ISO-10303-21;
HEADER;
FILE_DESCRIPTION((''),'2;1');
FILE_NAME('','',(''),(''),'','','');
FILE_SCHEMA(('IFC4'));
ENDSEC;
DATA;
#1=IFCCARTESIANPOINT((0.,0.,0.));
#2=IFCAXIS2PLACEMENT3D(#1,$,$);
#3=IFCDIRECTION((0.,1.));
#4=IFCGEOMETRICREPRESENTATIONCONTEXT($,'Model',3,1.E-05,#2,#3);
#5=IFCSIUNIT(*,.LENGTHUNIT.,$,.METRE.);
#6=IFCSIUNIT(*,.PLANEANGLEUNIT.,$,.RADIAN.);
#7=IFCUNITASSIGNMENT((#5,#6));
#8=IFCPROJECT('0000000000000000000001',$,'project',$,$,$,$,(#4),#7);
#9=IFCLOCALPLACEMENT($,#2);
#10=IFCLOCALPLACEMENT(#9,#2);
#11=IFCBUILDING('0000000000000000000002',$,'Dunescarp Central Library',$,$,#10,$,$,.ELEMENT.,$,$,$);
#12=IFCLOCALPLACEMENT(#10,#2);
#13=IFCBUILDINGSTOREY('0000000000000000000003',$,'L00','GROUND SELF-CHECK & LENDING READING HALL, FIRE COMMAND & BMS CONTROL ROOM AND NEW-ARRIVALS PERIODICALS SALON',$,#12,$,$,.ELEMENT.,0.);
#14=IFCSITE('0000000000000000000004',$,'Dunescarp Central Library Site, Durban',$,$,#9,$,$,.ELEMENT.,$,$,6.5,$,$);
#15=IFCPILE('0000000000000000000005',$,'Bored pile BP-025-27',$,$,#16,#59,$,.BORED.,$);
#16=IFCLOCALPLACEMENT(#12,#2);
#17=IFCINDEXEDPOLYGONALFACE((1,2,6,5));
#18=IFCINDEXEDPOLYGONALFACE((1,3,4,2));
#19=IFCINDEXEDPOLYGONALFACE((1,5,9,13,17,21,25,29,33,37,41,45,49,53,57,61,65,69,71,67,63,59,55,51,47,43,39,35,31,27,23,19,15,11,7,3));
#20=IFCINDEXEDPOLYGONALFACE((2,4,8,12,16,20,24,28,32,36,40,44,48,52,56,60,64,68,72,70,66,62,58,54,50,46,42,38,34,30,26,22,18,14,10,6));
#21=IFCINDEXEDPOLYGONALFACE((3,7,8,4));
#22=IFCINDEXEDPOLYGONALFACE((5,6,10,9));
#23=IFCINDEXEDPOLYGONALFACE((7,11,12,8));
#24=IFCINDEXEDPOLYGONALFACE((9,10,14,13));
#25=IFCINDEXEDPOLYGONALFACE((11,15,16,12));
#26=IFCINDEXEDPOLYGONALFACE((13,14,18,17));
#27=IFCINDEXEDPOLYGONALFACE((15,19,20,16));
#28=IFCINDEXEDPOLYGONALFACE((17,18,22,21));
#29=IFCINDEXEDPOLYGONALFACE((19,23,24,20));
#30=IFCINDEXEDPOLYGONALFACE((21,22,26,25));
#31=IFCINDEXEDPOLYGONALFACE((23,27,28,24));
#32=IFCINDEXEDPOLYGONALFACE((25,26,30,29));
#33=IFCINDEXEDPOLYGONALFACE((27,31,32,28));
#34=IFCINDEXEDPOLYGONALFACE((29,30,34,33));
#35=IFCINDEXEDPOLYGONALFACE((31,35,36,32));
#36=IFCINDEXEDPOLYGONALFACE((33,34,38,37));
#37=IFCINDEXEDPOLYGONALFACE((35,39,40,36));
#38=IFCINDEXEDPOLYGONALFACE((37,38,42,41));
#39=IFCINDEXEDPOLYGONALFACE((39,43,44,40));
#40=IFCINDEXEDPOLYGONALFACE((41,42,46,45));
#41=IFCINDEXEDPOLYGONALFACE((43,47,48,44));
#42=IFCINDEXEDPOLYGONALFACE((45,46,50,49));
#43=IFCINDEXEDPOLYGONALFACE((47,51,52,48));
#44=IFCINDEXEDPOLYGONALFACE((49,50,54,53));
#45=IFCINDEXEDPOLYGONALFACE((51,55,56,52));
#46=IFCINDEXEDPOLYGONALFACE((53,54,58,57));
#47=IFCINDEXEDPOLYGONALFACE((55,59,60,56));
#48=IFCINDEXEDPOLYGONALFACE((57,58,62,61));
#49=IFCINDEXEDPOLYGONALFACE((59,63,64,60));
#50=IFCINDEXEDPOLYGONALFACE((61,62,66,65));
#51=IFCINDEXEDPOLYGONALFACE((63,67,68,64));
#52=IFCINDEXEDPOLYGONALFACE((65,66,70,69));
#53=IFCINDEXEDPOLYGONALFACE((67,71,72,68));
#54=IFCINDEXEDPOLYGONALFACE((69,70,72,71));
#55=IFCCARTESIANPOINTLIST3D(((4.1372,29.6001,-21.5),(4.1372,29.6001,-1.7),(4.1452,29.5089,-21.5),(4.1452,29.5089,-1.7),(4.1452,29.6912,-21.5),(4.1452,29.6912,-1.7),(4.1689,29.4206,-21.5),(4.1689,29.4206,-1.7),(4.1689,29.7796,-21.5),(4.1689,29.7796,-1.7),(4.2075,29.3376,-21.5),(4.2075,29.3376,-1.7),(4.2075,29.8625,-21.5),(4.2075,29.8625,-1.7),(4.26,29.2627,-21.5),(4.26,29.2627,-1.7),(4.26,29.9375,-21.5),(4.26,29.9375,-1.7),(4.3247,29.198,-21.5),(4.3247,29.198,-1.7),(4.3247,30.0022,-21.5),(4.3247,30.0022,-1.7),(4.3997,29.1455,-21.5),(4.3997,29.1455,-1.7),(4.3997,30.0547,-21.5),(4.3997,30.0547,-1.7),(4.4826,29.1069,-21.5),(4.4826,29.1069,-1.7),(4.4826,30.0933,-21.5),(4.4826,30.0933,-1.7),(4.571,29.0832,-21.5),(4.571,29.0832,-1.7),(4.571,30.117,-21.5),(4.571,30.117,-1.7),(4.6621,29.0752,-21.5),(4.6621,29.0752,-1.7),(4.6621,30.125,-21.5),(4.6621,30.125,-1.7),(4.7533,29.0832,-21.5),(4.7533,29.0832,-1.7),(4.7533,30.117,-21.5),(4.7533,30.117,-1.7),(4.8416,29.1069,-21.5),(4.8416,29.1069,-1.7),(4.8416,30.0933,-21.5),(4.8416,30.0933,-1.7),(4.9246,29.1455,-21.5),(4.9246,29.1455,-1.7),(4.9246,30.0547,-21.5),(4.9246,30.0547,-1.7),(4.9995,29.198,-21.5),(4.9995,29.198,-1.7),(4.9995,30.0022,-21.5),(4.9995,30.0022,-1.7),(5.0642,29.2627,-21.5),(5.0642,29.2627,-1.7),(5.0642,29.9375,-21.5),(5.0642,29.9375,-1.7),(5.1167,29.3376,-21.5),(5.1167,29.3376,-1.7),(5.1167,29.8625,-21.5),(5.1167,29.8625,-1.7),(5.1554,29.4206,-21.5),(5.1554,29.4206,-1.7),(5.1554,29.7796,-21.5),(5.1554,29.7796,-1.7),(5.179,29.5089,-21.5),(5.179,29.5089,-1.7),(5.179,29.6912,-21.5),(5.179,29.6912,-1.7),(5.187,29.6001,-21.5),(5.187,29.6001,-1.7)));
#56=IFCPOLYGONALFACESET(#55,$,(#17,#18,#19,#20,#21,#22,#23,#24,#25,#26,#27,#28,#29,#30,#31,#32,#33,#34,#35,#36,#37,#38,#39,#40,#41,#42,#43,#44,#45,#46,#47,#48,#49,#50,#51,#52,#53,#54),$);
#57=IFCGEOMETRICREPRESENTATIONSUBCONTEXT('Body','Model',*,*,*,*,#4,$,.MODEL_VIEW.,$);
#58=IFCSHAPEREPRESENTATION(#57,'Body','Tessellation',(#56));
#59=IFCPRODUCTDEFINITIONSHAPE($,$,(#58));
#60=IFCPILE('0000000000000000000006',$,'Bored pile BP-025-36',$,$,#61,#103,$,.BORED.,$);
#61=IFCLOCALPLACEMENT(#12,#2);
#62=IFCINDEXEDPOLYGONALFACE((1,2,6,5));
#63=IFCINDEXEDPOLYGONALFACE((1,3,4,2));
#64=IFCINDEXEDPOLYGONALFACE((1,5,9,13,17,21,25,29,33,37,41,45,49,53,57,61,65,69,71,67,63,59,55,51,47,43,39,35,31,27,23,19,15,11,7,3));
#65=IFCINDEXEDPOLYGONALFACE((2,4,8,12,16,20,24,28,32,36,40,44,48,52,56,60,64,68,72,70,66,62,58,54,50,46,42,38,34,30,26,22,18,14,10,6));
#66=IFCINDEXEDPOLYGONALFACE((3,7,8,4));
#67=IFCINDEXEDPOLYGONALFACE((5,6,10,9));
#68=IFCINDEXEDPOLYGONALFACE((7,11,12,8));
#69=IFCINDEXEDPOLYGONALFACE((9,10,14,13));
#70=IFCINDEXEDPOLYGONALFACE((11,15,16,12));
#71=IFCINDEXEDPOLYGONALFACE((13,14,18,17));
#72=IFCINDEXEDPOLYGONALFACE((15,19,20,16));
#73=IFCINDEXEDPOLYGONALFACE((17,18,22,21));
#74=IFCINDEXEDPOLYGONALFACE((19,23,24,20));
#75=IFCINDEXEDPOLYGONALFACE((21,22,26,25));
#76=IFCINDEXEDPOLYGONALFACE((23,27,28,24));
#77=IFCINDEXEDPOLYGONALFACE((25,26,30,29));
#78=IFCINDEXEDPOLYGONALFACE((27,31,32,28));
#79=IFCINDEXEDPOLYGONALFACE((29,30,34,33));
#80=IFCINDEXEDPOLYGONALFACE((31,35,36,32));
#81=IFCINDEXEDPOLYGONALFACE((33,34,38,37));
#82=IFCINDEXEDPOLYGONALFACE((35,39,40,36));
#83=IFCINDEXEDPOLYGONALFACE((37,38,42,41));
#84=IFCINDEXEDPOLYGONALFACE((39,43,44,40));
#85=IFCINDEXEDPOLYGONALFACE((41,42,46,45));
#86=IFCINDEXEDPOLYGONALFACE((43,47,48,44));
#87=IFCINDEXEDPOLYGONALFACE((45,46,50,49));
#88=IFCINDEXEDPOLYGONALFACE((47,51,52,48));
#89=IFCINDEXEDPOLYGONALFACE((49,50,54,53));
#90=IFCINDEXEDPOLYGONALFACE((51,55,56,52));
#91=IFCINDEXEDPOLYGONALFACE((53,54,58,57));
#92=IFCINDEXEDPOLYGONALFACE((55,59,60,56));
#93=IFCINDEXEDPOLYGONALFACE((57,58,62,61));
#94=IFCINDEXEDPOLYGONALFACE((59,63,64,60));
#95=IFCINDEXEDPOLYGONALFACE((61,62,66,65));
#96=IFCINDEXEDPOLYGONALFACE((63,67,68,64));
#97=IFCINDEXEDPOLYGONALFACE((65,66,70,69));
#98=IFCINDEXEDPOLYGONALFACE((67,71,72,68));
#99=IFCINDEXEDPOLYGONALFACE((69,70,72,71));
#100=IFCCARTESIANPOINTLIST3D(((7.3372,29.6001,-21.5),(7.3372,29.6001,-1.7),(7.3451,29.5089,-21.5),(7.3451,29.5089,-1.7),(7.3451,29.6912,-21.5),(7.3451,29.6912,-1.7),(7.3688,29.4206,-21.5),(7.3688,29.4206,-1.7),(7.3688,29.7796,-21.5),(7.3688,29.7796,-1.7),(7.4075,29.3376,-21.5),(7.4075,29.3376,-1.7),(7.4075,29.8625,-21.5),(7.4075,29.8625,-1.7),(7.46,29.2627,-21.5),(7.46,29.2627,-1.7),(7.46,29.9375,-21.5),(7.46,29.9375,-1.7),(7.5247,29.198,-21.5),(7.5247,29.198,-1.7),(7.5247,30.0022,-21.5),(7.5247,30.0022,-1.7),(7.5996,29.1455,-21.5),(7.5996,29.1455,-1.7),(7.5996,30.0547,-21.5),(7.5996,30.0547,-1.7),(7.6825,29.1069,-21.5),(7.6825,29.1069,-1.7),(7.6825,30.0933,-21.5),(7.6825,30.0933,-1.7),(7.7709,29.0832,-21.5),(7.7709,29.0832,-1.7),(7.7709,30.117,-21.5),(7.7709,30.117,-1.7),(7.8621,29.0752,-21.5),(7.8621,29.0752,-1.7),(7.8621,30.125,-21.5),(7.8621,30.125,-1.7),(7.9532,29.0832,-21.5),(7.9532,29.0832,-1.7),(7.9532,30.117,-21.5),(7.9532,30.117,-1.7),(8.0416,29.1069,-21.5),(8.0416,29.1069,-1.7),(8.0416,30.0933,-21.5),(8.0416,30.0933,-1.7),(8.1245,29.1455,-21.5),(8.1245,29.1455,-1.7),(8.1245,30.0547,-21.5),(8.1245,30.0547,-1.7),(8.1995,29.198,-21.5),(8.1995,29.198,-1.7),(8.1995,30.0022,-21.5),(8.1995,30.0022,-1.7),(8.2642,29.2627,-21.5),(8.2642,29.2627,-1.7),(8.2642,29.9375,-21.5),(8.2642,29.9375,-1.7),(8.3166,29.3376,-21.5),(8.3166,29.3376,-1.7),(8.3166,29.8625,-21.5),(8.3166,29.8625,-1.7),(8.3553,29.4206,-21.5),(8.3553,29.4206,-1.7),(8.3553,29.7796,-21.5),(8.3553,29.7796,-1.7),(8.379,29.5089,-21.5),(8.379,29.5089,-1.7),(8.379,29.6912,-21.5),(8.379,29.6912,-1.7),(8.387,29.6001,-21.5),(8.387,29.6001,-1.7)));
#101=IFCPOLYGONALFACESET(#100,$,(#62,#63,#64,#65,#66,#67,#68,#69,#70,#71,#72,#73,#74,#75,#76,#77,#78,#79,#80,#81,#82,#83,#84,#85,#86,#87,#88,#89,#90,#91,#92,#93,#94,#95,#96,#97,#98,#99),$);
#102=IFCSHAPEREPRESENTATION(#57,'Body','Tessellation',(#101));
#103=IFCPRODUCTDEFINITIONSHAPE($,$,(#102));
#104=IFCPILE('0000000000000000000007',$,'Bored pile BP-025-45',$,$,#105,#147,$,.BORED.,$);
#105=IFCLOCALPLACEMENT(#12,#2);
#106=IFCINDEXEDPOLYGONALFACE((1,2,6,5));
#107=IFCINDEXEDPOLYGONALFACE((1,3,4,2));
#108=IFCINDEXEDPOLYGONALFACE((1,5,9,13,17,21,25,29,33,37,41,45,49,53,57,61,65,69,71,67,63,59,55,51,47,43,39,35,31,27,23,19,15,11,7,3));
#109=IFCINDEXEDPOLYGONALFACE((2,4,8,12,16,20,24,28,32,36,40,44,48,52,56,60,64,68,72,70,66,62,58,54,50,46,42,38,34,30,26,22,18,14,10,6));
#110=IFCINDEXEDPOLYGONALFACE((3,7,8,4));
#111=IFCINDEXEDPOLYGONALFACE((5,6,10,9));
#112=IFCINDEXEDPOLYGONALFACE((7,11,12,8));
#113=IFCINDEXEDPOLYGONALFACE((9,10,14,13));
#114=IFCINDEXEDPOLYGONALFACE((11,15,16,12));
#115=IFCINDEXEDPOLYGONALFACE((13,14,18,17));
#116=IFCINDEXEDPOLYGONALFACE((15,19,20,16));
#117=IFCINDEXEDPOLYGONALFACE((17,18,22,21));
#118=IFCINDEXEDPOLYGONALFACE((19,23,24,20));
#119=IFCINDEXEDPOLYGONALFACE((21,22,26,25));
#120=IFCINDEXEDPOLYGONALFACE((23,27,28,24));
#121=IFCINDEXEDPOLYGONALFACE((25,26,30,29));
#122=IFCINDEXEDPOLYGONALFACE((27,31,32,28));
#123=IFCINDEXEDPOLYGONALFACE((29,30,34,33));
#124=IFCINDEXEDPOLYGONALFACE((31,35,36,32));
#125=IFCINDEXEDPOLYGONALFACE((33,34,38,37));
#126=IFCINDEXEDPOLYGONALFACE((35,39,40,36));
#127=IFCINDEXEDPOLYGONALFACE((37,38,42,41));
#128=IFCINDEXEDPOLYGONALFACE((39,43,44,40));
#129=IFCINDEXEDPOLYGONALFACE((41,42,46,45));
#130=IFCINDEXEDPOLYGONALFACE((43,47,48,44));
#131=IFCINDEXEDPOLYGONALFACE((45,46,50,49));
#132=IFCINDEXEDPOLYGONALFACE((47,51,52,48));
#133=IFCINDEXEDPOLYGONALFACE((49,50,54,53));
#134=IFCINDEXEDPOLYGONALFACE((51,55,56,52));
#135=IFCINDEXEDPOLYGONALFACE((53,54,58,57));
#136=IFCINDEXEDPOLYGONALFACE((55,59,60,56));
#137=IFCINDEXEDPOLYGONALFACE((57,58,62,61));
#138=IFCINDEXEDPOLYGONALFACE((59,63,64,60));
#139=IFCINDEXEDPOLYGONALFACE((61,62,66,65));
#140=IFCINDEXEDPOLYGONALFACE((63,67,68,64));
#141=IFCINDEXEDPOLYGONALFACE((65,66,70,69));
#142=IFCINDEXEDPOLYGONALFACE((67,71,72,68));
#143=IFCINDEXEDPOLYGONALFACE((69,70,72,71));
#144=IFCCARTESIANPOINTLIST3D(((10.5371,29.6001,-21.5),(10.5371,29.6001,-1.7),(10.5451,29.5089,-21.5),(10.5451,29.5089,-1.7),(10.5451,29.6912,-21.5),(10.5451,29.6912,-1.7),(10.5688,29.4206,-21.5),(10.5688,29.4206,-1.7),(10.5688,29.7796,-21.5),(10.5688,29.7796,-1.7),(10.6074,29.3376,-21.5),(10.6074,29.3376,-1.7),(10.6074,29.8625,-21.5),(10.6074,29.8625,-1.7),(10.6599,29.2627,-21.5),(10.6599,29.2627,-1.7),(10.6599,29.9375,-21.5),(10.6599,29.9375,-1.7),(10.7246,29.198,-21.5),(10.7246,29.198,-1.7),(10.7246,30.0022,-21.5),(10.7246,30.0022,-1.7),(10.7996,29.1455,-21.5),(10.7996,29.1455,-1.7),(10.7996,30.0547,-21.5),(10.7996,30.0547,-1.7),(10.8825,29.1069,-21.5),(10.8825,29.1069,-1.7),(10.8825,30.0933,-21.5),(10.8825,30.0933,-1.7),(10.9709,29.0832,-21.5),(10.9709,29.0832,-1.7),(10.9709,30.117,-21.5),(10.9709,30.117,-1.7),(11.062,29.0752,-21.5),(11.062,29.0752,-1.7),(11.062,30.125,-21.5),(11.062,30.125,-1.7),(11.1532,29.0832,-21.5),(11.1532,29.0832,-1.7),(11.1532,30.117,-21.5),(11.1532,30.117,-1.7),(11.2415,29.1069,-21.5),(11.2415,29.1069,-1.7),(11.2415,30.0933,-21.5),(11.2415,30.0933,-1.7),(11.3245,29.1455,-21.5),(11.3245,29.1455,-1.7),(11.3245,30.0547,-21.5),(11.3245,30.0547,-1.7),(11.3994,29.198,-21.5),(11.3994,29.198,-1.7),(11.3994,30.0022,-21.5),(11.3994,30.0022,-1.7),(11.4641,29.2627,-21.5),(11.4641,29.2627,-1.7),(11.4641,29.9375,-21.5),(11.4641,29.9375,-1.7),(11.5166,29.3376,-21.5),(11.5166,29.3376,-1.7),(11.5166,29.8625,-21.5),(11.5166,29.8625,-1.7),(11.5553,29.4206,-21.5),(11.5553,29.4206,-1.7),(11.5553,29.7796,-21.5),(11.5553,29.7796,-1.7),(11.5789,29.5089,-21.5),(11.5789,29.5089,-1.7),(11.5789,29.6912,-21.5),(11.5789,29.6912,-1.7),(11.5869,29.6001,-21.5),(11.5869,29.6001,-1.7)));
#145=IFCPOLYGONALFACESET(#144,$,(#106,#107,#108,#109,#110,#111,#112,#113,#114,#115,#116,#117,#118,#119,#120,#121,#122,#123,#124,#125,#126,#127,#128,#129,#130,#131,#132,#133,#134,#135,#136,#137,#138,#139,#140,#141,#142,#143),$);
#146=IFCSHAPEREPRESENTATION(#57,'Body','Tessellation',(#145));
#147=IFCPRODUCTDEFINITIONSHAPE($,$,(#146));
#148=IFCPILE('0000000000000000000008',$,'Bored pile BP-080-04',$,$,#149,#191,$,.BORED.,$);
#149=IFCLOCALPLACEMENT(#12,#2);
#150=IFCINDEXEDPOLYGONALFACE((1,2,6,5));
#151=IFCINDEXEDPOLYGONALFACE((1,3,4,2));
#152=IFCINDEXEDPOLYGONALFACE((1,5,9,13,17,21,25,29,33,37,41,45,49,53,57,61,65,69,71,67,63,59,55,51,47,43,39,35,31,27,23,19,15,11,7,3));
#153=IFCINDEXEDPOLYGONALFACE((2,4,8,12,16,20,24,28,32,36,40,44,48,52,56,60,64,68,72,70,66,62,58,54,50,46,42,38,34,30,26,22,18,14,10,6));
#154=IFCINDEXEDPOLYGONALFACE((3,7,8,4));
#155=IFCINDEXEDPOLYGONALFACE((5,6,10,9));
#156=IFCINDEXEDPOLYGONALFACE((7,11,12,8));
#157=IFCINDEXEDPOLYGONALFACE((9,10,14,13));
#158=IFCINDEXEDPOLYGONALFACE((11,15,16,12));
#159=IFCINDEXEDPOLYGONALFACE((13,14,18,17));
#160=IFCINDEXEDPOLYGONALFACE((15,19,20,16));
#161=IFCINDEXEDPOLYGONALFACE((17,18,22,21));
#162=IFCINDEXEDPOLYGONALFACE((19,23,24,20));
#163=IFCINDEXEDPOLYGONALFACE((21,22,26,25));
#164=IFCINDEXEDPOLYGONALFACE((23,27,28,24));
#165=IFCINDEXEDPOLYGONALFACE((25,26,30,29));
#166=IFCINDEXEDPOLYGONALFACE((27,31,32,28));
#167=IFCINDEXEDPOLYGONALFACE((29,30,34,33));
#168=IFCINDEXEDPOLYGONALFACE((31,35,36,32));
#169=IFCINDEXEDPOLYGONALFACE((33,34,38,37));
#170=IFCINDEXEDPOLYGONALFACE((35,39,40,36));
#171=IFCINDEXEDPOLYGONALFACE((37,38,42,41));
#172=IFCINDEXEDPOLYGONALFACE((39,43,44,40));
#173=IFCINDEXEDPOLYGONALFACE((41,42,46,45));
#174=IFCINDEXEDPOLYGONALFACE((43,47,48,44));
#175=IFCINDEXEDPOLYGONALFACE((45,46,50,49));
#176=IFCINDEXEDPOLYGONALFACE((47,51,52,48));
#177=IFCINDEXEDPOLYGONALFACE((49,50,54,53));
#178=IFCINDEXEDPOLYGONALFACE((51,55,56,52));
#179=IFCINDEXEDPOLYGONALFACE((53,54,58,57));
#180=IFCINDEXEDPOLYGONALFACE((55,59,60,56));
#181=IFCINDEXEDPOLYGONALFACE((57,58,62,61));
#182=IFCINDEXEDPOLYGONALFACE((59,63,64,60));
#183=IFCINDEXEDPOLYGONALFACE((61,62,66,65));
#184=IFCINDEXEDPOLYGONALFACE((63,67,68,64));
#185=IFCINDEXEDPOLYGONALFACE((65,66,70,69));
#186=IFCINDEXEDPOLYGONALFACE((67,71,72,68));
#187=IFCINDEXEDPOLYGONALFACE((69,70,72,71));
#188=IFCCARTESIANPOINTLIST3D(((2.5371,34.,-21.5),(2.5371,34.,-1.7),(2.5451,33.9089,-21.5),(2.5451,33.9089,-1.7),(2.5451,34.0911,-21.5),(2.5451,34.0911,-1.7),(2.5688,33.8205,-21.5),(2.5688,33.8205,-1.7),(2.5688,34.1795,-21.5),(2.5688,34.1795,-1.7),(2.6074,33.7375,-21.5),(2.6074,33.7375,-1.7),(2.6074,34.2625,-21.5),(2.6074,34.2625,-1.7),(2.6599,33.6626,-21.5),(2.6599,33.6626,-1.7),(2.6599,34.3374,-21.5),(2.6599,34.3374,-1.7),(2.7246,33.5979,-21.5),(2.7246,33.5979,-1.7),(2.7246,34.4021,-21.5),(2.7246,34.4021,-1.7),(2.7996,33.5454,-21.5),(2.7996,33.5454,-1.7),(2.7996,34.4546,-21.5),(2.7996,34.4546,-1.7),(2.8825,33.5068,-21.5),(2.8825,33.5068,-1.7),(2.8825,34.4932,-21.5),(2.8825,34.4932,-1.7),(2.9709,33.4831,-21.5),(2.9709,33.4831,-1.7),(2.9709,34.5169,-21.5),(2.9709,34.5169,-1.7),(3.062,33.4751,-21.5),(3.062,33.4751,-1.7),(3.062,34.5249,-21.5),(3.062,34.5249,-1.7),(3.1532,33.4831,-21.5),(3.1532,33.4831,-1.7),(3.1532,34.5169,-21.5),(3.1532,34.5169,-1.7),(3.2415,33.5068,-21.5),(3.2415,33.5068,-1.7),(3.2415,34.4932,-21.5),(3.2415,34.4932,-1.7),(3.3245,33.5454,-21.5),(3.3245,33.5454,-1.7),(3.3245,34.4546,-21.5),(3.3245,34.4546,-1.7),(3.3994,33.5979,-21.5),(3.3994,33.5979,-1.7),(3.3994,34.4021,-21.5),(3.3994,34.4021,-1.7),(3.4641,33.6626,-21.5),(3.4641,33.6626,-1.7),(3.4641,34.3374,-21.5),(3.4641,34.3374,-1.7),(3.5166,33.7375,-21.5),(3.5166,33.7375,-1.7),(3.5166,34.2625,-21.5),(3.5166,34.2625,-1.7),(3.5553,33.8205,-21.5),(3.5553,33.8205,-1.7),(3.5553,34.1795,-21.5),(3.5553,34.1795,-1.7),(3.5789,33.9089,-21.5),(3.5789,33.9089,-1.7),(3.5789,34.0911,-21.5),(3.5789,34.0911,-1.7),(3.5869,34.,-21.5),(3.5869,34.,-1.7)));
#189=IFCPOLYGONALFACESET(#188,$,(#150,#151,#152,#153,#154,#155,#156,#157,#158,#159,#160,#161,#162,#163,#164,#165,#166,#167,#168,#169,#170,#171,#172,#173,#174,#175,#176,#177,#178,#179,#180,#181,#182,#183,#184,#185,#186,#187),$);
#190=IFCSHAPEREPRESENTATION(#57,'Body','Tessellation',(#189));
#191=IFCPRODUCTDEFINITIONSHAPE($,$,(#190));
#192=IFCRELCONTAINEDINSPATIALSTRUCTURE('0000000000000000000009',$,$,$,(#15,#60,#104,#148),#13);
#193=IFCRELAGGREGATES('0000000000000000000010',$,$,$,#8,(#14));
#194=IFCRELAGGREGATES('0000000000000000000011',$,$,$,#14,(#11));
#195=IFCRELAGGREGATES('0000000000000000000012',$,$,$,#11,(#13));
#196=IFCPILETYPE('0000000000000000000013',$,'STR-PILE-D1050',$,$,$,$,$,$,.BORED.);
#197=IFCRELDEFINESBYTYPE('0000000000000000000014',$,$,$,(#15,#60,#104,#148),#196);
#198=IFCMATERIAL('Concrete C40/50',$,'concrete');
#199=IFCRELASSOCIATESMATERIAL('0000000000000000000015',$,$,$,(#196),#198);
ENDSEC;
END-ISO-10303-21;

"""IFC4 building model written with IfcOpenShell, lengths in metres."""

from ifc_helpers import new_model, si_unit, direction, frame, origin, origin_2d, place, context, subcontext, project, spatial, circle, extrude, material, material_profile, profile_set, type_object, element, save


model = new_model("IFC4")

# Units and contexts
model_context = context("Model", 3, precision=1e-05, world=origin(), true_north=direction((0.0, 1.0)))
body_context = subcontext(model_context, "Body", "Model", "MODEL_VIEW")
ifc_project = project(units=[si_unit("LENGTHUNIT", "METRE"), si_unit("PLANEANGLEUNIT", "RADIAN")], contexts=[model_context])

# Site, building, storey
site_placement = place(None, origin())
site = spatial("IfcSite", under=ifc_project, at=site_placement, Name="Dunescarp Central Library Site, Durban", CompositionType="ELEMENT", RefElevation=6.5)
building_placement = place(site_placement, origin())
building = spatial("IfcBuilding", under=site, at=building_placement, Name="Dunescarp Central Library", CompositionType="ELEMENT")
storey_placement = place(building_placement, origin())
storey = spatial("IfcBuildingStorey", under=building, at=storey_placement, Name="L00", Description="GROUND SELF-CHECK & LENDING READING HALL, FIRE COMMAND & BMS CONTROL ROOM AND NEW-ARRIVALS PERIODICALS SALON", CompositionType="ELEMENT", Elevation=0.0)

# Piles
ifc_material_1 = material(Name="Concrete C40/50", Category="concrete")
ifc_material_profile_1 = material_profile(ifc_material_1, circle(Radius=0.5249, at=origin_2d()), Name="PILE D1050")
ifc_profile_set_1 = profile_set([ifc_material_profile_1], Name="Concrete C40/50")
pile_type = type_object("IfcPileType", Name="STR-PILE-D1050", PredefinedType="BORED", material=ifc_profile_set_1)
for number, where, z_axis, x_axis, name in (
    (1, (4.6621, 29.6001, -1.7), (0.0, 0.0, -1.0), (1.0, 0.0, 0.0), "Bored pile BP-025-27"),
    (2, (7.8621, 29.6001, -1.7), (0.0, 0.0, -1.0), (1.0, 0.0, 0.0), "Bored pile BP-025-36"),
    (3, (11.062, 29.6001, -1.7), (0.0, 0.0, -1.0), (1.0, 0.0, 0.0), "Bored pile BP-025-45"),
    (4, (3.062, 34.0, -1.7), (0.0, 0.0, -1.0), (1.0, 0.0, 0.0), "Bored pile BP-080-04"),
):
    element("IfcPile", number, at=place(storey_placement, frame(where, z_axis=z_axis, x_axis=x_axis)), inside=storey, type_object=pile_type, Name=name, PredefinedType="BORED", context=body_context, shape_type="SweptSolid", body=[
        extrude(circle(Radius=0.5249, at=origin_2d()), origin(), (0.0, 0.0, 1.0), 19.8),
    ])

save(model, "model.ifc")
